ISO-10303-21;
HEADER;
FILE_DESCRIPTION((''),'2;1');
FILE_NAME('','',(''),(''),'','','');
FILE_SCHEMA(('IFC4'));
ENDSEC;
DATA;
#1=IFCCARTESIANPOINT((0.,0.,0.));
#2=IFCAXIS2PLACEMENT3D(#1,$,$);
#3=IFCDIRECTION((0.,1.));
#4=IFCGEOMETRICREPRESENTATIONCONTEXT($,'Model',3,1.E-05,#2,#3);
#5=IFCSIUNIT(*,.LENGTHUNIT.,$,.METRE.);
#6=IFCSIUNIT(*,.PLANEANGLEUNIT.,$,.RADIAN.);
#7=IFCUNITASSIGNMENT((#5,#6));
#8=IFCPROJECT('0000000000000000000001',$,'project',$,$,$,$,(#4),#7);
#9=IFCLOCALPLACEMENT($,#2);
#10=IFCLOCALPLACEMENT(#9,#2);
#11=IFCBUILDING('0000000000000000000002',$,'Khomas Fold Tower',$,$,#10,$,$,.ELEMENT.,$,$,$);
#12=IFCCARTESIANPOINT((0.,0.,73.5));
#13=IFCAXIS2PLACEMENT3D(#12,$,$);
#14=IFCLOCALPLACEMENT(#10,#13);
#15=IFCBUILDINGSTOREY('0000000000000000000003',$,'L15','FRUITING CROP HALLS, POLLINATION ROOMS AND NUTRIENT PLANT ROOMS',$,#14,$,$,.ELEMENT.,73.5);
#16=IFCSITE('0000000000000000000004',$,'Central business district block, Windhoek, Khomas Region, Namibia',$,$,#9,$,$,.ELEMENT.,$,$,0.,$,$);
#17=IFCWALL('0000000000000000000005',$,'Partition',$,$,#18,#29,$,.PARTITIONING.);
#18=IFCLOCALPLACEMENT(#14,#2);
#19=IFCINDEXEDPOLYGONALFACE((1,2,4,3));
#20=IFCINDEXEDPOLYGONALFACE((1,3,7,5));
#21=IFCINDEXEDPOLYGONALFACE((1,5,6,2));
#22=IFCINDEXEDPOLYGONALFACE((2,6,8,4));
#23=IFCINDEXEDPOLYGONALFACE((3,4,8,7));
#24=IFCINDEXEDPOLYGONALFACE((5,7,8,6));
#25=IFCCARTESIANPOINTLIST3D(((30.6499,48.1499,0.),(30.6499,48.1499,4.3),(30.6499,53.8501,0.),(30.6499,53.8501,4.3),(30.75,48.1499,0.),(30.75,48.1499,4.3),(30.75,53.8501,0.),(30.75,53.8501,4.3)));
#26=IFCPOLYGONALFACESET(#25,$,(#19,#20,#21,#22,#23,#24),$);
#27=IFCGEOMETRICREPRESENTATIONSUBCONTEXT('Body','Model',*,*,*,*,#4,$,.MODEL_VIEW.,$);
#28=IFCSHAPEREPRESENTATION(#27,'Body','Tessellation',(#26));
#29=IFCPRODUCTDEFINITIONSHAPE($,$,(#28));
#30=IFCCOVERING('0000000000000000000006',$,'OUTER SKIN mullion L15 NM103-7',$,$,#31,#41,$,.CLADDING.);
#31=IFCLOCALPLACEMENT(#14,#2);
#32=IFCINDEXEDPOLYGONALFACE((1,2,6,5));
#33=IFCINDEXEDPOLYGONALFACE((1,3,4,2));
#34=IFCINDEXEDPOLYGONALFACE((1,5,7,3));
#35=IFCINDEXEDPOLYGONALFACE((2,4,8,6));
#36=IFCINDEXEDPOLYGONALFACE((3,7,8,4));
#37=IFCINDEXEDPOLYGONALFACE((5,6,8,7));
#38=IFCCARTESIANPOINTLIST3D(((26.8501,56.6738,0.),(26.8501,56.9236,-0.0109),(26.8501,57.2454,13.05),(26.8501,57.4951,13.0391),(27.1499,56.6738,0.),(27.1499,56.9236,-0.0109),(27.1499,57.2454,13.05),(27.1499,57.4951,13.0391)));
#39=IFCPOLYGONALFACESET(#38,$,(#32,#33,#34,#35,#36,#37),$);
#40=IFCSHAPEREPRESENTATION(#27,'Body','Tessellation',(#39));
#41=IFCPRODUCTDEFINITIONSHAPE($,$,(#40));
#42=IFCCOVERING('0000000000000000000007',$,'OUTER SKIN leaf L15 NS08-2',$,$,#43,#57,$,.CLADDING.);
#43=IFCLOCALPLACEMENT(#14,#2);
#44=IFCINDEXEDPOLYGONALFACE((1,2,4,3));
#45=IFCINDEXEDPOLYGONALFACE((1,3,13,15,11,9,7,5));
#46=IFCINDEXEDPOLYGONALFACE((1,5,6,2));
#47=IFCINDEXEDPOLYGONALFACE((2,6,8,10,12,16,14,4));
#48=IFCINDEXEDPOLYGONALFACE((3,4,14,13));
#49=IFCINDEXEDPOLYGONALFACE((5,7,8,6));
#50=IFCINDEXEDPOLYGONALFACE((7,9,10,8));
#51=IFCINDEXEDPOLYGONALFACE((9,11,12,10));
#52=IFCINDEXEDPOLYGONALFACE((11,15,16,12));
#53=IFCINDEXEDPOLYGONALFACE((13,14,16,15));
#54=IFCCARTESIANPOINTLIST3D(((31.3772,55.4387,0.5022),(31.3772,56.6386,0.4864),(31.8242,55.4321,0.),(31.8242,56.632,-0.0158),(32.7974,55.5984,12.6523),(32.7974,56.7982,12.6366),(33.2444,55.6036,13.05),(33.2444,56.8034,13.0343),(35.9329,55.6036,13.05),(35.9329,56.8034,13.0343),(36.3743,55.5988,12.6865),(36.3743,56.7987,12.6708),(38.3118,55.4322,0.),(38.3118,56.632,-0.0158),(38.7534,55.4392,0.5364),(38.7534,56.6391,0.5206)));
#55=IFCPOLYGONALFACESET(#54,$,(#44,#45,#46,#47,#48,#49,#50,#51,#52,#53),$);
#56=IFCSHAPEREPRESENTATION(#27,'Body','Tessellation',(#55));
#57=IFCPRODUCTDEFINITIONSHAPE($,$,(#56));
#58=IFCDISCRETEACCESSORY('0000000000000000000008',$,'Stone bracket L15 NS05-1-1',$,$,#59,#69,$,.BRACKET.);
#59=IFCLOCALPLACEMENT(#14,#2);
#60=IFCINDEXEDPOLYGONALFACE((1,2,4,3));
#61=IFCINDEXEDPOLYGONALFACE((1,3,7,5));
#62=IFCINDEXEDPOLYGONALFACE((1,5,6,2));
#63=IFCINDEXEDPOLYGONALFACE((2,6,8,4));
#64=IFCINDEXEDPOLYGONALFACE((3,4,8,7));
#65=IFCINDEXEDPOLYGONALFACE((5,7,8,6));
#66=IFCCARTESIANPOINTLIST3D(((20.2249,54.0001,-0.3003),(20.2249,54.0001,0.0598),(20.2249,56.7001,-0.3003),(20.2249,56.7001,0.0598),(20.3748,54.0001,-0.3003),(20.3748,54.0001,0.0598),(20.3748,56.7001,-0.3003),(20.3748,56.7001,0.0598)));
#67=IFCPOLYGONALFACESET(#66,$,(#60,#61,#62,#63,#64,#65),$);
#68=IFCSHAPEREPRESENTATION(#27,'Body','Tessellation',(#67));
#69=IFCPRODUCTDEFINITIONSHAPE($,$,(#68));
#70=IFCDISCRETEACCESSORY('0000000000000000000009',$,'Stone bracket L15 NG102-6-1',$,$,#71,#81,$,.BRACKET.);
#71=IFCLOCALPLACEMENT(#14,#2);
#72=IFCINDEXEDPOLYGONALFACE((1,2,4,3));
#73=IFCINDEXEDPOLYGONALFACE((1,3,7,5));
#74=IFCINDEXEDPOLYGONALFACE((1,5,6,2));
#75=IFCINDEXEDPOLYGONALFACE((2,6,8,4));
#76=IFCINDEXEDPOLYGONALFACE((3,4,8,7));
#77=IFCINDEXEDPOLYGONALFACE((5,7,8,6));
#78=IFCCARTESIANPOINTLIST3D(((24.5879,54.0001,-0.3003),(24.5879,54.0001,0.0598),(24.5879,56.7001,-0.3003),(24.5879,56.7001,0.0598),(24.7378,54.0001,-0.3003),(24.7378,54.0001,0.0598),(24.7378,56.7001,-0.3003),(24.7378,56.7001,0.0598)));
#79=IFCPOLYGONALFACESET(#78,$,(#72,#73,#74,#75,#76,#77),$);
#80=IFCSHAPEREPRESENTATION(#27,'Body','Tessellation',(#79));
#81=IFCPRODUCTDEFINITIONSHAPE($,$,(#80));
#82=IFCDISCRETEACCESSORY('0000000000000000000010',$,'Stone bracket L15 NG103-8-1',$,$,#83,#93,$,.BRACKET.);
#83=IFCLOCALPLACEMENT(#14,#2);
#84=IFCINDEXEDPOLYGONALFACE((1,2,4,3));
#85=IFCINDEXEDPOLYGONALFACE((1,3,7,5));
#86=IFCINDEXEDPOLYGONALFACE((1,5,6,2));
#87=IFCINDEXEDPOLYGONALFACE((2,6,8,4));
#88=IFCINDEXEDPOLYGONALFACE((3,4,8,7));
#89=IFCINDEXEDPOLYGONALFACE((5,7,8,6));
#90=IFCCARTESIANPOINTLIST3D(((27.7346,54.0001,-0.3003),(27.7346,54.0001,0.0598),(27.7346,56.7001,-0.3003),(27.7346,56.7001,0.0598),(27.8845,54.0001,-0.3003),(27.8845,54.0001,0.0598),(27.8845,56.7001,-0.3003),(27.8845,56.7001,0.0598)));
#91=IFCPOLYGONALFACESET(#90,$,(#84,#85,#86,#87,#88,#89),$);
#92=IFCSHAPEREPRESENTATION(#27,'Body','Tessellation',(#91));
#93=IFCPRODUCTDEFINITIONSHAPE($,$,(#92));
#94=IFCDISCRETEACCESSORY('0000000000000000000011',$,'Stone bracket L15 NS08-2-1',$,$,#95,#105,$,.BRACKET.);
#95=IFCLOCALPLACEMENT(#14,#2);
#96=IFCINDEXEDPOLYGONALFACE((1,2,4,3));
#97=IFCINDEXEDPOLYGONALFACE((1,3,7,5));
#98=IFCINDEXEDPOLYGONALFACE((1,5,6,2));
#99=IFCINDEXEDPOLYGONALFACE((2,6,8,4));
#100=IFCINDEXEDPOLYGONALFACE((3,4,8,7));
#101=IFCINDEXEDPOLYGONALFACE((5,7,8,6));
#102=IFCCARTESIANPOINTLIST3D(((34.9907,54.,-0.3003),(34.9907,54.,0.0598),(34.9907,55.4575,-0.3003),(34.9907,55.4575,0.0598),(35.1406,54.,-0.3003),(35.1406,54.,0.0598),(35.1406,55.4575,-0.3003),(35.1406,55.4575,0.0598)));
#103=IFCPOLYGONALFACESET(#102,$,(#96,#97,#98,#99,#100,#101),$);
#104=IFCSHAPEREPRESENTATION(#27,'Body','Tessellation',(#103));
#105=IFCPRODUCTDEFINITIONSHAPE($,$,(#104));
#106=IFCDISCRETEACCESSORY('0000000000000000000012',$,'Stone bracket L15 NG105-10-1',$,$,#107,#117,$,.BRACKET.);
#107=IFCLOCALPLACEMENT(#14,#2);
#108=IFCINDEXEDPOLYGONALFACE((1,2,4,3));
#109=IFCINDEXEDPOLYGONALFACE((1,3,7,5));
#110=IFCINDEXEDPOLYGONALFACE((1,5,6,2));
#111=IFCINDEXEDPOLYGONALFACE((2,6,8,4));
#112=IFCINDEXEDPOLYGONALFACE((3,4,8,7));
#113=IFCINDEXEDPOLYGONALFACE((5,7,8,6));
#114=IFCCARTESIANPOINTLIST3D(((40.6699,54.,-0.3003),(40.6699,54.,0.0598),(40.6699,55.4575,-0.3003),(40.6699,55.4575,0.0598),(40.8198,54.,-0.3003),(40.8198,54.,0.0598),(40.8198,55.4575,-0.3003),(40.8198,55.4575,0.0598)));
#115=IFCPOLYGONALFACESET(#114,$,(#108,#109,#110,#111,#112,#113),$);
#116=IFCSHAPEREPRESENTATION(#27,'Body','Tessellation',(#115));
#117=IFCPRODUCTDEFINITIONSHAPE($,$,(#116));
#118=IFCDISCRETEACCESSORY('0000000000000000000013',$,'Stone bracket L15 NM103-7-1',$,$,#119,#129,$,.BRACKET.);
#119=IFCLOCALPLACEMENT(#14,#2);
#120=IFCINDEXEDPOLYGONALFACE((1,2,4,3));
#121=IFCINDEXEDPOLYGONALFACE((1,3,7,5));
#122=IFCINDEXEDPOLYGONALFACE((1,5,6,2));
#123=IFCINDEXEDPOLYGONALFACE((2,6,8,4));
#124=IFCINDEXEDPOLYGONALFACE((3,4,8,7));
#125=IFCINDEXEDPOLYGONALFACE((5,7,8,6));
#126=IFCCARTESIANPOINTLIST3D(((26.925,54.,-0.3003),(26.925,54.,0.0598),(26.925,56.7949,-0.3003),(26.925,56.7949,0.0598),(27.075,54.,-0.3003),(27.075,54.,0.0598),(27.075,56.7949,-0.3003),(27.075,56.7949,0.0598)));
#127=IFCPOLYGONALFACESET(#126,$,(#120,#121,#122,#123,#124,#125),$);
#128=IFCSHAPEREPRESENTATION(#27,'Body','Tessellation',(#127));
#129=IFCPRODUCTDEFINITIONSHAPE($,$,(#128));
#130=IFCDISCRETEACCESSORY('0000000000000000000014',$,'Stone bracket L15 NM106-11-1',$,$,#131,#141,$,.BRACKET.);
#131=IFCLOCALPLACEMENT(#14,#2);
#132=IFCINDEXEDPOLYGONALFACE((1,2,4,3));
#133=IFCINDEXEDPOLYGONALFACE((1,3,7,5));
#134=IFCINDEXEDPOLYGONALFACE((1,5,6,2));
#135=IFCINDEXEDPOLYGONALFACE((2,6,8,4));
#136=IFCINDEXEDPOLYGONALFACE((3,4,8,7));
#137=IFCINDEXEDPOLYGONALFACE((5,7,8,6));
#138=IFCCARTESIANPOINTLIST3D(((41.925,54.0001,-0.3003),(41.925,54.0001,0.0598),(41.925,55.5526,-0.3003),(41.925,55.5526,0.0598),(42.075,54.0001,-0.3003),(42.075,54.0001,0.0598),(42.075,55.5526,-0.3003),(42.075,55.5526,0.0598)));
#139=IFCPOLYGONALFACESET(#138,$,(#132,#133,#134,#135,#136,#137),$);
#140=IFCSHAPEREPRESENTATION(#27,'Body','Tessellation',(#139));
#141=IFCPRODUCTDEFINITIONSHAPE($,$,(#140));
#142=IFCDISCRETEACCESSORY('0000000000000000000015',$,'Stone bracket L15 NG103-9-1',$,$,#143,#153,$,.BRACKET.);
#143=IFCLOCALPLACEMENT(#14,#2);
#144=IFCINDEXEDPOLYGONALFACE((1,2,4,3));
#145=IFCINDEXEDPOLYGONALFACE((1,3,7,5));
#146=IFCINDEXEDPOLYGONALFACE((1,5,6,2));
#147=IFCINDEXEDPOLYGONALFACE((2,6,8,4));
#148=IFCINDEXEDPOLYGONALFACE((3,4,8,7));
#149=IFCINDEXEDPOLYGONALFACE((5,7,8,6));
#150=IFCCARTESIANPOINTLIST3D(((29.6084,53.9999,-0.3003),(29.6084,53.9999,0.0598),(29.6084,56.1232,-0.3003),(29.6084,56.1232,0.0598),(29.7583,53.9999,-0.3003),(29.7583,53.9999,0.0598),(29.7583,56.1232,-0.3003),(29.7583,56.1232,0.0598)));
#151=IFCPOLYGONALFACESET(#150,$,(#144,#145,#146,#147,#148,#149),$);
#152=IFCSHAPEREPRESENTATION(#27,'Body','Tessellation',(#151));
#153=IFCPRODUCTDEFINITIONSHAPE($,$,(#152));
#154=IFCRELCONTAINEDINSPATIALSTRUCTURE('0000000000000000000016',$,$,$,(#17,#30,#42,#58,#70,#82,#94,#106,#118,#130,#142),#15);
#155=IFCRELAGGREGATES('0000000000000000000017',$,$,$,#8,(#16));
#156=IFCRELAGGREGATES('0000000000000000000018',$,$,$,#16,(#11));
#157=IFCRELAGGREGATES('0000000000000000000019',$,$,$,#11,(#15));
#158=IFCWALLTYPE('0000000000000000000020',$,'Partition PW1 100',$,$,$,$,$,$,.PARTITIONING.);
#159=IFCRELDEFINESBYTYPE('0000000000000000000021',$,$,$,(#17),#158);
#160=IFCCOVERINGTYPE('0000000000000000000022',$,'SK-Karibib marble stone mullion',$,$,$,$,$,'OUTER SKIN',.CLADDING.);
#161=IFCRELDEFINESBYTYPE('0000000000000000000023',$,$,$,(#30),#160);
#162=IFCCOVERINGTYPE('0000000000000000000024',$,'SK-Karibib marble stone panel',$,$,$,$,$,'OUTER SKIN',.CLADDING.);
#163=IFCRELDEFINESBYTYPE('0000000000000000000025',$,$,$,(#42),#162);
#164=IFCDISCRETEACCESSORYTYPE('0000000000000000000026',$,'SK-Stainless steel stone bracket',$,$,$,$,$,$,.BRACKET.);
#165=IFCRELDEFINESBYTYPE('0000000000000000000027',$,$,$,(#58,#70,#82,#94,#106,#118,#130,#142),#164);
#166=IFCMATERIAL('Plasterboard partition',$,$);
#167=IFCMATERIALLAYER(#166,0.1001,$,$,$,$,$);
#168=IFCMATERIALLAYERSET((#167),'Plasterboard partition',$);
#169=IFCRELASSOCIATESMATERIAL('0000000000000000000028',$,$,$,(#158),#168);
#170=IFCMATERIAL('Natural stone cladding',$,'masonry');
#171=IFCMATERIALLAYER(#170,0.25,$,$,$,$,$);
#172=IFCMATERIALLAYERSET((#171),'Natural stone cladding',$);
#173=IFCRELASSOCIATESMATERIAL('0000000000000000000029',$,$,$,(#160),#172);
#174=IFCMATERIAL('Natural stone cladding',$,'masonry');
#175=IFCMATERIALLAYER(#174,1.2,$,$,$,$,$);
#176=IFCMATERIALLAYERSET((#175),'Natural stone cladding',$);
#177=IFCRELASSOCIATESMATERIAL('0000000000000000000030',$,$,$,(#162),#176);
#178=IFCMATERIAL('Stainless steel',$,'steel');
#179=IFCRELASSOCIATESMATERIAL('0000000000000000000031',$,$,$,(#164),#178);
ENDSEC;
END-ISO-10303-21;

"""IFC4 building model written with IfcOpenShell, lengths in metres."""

from ifc_helpers import new_model, si_unit, direction, frame, frame_2d, origin, origin_2d, place, context, subcontext, project, spatial, polyline, rectangle, outline, extrude, source, transform, mapped, material, layer, layer_set, type_object, element, save


model = new_model("IFC4")

# Units and contexts
model_context = context("Model", 3, precision=1e-05, world=origin(), true_north=direction((0.0, 1.0)))
body_context = subcontext(model_context, "Body", "Model", "MODEL_VIEW")
ifc_project = project(units=[si_unit("LENGTHUNIT", "METRE"), si_unit("PLANEANGLEUNIT", "RADIAN")], contexts=[model_context])

# Site, building, storey
site_placement = place(None, origin())
site = spatial("IfcSite", under=ifc_project, at=site_placement, Name="Central business district block, Windhoek, Khomas Region, Namibia", CompositionType="ELEMENT", RefElevation=0.0)
building_placement = place(site_placement, origin())
building = spatial("IfcBuilding", under=site, at=building_placement, Name="Khomas Fold Tower", CompositionType="ELEMENT")
storey_placement = place(building_placement, frame((0.0, 0.0, 73.5)))
storey = spatial("IfcBuildingStorey", under=building, at=storey_placement, Name="L15", Description="FRUITING CROP HALLS, POLLINATION ROOMS AND NUTRIENT PLANT ROOMS", CompositionType="ELEMENT", Elevation=73.5)

# Wall
ifc_material_1 = material(Name="Plasterboard partition")
ifc_layer_1 = layer(ifc_material_1, 0.1001)
ifc_layer_set_1 = layer_set([ifc_layer_1], Name="Plasterboard partition")
wall_type_1 = type_object("IfcWallType", Name="Partition PW1 100", PredefinedType="PARTITIONING", material=ifc_layer_set_1)
shared_shape_1 = source(origin(), body_context, "Body", "SweptSolid", [
    extrude(rectangle(XDim=5.7002, YDim=0.1001, at=frame_2d((2.8501, 0.0))), origin(), (0.0, 0.0, 1.0), 4.3),
])
wall_1_placement = place(storey_placement, frame((30.7, 48.1499, 0.0), z_axis=(0.0, 0.0, 1.0), x_axis=(0.0, 1.0, 0.0)))
element("IfcWall", 1, at=wall_1_placement, inside=storey, type_object=wall_type_1, Name="Partition", PredefinedType="PARTITIONING", context=body_context, shape_type="MappedRepresentation", body=[
    mapped(shared_shape_1, transform((0.0, 0.0, 0.0))),
])

# Coverings
ifc_material_2 = material(Name="Natural stone cladding", Category="masonry")
ifc_layer_2 = layer(ifc_material_2, 0.25)
ifc_layer_set_2 = layer_set([ifc_layer_2], Name="Natural stone cladding")
covering_type_1 = type_object("IfcCoveringType", Name="SK-Karibib marble stone mullion", ElementType="OUTER SKIN", PredefinedType="CLADDING", material=ifc_layer_set_2)
covering_1_placement = place(storey_placement, frame((27.1499, 57.2454, 13.05), z_axis=(0.0, -0.999042, 0.043754), x_axis=(0.0, -0.043754, -0.999042)))
element("IfcCovering", 2, at=covering_1_placement, inside=storey, type_object=covering_type_1, Name="OUTER SKIN mullion L15 NM103-7", PredefinedType="CLADDING", context=body_context, shape_type="SweptSolid", body=[
    extrude(outline(polyline([(0.0, 0.0), (13.0626, 0.0), (13.0626, -0.2998), (0.0, -0.2998), (0.0, 0.0)])), origin(), (0.0, 0.0, -1.0), 0.25),
])
ifc_material_3 = material(Name="Natural stone cladding", Category="masonry")
ifc_layer_3 = layer(ifc_material_3, 1.2)
ifc_layer_set_3 = layer_set([ifc_layer_3], Name="Natural stone cladding")
covering_type_2 = type_object("IfcCoveringType", Name="SK-Karibib marble stone panel", ElementType="OUTER SKIN", PredefinedType="CLADDING", material=ifc_layer_set_3)
covering_2_placement = place(storey_placement, frame((31.3772, 55.4387, 0.5022), z_axis=(0.000007, -0.999914, 0.013136), x_axis=(0.116084, 0.013048, 0.993154)))
element("IfcCovering", 3, at=covering_2_placement, inside=storey, type_object=covering_type_2, Name="OUTER SKIN leaf L15 NS08-2", PredefinedType="CLADDING", context=body_context, shape_type="SweptSolid", body=[
    extrude(outline(polyline([(0.0, 0.0), (12.2339, 0.0), (12.6808, -0.3978), (12.9929, -3.0681), (12.6831, -3.5488), (0.8902, -7.3224), (0.3062, -6.946), (-0.447, -0.5023), (0.0, 0.0)])), origin(), (0.0, 0.0, -1.0), 1.2),
])

# Discrete accessories
ifc_material_4 = material(Name="Stainless steel", Category="steel")
discrete_accessory_type = type_object("IfcDiscreteAccessoryType", Name="SK-Stainless steel stone bracket", PredefinedType="BRACKET", material=ifc_material_4)
shared_shape_2 = source(origin(), body_context, "Body", "SweptSolid", [
    extrude(rectangle(XDim=2.7, YDim=0.1499, at=origin_2d()), origin(), (0.0, 0.0, 1.0), 0.3601),
])
for number, where, z_axis, x_axis, name in (
    (4, (20.2998, 55.3501, -0.3003), (0.0, 0.0, 1.0), (0.0, 1.0, 0.0), "Stone bracket L15 NS05-1-1"),
    (5, (24.6628, 55.3501, -0.3003), (0.0, 0.0, 1.0), (0.0, 1.0, 0.0), "Stone bracket L15 NG102-6-1"),
    (6, (27.8096, 55.3501, -0.3003), (0.0, 0.0, 1.0), (0.0, 1.0, 0.0), "Stone bracket L15 NG103-8-1"),
):
    element("IfcDiscreteAccessory", number, at=place(storey_placement, frame(where, z_axis=z_axis, x_axis=x_axis)), inside=storey, type_object=discrete_accessory_type, Name=name, PredefinedType="BRACKET", context=body_context, shape_type="MappedRepresentation", body=[
        mapped(shared_shape_2, transform((0.0, 0.0, 0.0))),
    ])
shared_shape_3 = source(origin(), body_context, "Body", "SweptSolid", [
    extrude(rectangle(XDim=1.4575, YDim=0.1499, at=origin_2d()), origin(), (0.0, 0.0, 1.0), 0.3601),
])
for number, where, z_axis, x_axis, name in (
    (7, (35.0657, 54.7288, -0.3003), (0.0, 0.0, 1.0), (0.0, 1.0, 0.0), "Stone bracket L15 NS08-2-1"),
    (8, (40.7449, 54.7288, -0.3003), (0.0, 0.0, 1.0), (0.0, 1.0, 0.0), "Stone bracket L15 NG105-10-1"),
):
    element("IfcDiscreteAccessory", number, at=place(storey_placement, frame(where, z_axis=z_axis, x_axis=x_axis)), inside=storey, type_object=discrete_accessory_type, Name=name, PredefinedType="BRACKET", context=body_context, shape_type="MappedRepresentation", body=[
        mapped(shared_shape_3, transform((0.0, 0.0, 0.0))),
    ])
shared_shape_4 = source(origin(), body_context, "Body", "SweptSolid", [
    extrude(rectangle(XDim=2.7949, YDim=0.1499, at=origin_2d()), origin(), (0.0, 0.0, 1.0), 0.3601),
])
discrete_accessory_1_placement = place(storey_placement, frame((27.0, 55.3975, -0.3003), z_axis=(0.0, 0.0, 1.0), x_axis=(0.0, 1.0, 0.0)))
element("IfcDiscreteAccessory", 9, at=discrete_accessory_1_placement, inside=storey, type_object=discrete_accessory_type, Name="Stone bracket L15 NM103-7-1", PredefinedType="BRACKET", context=body_context, shape_type="MappedRepresentation", body=[
    mapped(shared_shape_4, transform((0.0, 0.0, 0.0))),
])
shared_shape_5 = source(origin(), body_context, "Body", "SweptSolid", [
    extrude(rectangle(XDim=1.5525, YDim=0.1499, at=origin_2d()), origin(), (0.0, 0.0, 1.0), 0.3601),
])
discrete_accessory_2_placement = place(storey_placement, frame((42.0, 54.7764, -0.3003), z_axis=(0.0, 0.0, 1.0), x_axis=(0.0, 1.0, 0.0)))
element("IfcDiscreteAccessory", 10, at=discrete_accessory_2_placement, inside=storey, type_object=discrete_accessory_type, Name="Stone bracket L15 NM106-11-1", PredefinedType="BRACKET", context=body_context, shape_type="MappedRepresentation", body=[
    mapped(shared_shape_5, transform((0.0, 0.0, 0.0))),
])
shared_shape_6 = source(origin(), body_context, "Body", "SweptSolid", [
    extrude(rectangle(XDim=2.1233, YDim=0.1499, at=origin_2d()), origin(), (0.0, 0.0, 1.0), 0.3601),
])
discrete_accessory_3_placement = place(storey_placement, frame((29.6833, 55.0615, -0.3003), z_axis=(0.0, 0.0, 1.0), x_axis=(0.0, 1.0, 0.0)))
element("IfcDiscreteAccessory", 11, at=discrete_accessory_3_placement, inside=storey, type_object=discrete_accessory_type, Name="Stone bracket L15 NG103-9-1", PredefinedType="BRACKET", context=body_context, shape_type="MappedRepresentation", body=[
    mapped(shared_shape_6, transform((0.0, 0.0, 0.0))),
])

save(model, "model.ifc")
